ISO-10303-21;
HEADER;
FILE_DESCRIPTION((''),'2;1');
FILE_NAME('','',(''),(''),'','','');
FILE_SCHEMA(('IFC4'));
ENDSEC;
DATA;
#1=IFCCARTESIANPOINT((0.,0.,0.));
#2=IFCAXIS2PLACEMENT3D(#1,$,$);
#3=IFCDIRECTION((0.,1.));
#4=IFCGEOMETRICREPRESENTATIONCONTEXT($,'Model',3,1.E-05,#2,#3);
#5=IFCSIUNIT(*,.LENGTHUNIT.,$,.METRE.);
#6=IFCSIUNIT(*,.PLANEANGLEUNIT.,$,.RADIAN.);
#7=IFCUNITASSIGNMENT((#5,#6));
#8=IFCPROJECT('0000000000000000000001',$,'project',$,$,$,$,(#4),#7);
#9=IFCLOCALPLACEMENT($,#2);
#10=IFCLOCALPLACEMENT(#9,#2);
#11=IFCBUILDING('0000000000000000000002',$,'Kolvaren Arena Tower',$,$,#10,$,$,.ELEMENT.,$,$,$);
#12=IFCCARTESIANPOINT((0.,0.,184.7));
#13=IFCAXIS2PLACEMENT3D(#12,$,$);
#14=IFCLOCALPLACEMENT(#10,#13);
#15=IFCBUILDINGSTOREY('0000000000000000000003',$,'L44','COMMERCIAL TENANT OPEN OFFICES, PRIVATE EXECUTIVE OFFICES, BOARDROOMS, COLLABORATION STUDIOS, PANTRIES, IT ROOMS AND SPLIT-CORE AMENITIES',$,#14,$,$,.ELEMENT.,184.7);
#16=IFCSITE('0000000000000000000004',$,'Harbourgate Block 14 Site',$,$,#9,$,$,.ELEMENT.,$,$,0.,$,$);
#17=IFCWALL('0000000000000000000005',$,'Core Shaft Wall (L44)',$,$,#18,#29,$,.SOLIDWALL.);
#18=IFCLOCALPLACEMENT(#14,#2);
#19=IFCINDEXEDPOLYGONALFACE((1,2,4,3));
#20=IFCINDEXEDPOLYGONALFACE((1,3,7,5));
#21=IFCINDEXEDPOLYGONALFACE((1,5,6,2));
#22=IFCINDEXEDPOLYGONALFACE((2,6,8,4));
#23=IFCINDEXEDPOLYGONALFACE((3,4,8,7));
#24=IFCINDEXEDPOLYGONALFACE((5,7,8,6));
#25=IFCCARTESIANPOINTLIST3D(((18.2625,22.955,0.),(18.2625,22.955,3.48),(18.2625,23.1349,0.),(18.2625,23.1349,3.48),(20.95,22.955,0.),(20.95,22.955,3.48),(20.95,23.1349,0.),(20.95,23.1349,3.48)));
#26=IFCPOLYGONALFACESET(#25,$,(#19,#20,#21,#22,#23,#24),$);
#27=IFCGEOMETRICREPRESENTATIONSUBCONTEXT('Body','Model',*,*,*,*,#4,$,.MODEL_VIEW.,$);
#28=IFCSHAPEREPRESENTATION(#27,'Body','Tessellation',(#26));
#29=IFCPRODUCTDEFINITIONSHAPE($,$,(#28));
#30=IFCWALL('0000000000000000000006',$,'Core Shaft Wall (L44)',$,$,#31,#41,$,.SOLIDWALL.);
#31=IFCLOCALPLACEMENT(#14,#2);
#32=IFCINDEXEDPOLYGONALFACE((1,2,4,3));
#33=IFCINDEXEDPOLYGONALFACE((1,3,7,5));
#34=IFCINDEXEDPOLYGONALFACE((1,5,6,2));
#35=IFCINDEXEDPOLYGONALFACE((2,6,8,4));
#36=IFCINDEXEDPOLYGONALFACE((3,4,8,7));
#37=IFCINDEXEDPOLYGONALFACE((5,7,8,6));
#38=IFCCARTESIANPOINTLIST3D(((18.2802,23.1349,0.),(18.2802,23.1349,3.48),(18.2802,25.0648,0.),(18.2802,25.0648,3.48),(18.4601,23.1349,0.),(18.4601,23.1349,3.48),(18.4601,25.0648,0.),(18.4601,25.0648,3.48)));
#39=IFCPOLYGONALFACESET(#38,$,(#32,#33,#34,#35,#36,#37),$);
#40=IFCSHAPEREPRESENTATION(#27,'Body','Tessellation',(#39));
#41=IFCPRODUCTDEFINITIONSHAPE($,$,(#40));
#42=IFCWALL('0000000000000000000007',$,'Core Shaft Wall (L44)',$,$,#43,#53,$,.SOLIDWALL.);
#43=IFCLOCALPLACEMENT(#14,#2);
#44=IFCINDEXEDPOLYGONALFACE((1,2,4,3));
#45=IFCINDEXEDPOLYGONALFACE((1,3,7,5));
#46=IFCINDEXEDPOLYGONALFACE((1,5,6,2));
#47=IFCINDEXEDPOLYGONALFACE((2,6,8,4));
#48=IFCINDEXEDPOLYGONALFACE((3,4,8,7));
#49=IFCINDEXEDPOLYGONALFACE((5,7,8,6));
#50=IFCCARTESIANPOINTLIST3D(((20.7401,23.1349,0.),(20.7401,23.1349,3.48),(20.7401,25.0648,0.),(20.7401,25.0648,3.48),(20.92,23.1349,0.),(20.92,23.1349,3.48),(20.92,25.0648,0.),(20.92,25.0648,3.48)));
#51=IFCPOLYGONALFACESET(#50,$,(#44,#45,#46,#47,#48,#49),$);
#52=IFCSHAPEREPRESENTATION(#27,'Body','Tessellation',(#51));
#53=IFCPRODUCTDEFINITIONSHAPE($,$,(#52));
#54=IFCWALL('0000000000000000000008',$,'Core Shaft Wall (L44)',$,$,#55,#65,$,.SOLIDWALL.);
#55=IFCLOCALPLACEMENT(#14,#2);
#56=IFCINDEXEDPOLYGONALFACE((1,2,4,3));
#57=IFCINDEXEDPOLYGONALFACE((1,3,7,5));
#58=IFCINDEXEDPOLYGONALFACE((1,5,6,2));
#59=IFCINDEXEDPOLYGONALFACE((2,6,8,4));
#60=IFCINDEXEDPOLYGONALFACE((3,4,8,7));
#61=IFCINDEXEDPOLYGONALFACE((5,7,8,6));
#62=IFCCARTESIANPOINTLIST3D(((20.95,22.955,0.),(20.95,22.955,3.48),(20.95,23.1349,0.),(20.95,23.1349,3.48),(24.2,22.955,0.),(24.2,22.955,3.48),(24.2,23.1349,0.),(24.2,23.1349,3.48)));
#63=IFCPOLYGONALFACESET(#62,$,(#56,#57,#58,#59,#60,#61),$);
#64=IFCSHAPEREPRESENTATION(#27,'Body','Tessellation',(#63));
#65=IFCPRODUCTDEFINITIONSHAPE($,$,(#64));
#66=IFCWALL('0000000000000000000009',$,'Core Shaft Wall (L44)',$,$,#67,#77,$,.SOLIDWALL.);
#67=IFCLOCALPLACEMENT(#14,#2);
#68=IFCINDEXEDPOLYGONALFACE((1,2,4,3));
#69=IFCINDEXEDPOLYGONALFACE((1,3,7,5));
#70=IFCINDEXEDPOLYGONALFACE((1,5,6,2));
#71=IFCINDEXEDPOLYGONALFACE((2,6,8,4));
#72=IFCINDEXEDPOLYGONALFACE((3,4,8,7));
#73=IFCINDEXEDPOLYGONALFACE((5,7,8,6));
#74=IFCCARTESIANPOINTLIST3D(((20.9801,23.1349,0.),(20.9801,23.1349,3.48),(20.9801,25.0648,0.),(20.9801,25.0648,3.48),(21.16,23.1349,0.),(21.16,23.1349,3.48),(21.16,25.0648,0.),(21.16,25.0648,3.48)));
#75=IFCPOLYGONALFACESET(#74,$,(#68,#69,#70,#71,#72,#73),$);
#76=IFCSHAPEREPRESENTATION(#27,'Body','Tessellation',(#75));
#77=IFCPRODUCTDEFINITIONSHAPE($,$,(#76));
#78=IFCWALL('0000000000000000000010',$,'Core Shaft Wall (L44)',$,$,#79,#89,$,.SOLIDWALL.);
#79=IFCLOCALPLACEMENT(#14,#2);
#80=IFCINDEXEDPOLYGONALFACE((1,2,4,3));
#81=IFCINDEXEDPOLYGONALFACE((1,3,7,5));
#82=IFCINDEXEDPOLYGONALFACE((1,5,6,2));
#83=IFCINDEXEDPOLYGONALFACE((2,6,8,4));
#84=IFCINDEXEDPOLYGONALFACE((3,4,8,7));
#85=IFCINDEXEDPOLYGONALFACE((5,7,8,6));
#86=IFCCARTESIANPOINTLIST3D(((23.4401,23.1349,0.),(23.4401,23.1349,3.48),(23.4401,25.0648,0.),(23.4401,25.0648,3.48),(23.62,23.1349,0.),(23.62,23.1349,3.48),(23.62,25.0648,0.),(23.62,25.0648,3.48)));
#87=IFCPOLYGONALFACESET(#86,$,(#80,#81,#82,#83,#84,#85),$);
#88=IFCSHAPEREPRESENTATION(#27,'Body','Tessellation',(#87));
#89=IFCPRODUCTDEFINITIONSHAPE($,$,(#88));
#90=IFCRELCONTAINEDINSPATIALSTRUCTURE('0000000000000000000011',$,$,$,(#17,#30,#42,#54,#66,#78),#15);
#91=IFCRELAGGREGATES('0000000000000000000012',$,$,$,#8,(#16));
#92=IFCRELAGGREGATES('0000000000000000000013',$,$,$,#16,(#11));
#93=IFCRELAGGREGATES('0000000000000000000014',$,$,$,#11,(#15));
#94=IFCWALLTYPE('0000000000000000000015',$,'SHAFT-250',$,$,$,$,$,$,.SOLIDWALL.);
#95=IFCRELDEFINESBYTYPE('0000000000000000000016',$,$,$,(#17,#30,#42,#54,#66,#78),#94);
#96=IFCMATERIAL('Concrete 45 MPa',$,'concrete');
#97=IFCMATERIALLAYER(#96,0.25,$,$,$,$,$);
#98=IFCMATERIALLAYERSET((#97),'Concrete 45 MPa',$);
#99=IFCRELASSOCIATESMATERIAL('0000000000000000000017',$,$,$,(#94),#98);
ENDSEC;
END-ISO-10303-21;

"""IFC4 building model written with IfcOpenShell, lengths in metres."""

from ifc_helpers import new_model, si_unit, direction, frame, frame_2d, origin, place, context, subcontext, project, spatial, rectangle, extrude, material, layer, layer_set, type_object, element, save


model = new_model("IFC4")

# Units and contexts
model_context = context("Model", 3, precision=1e-05, world=origin(), true_north=direction((0.0, 1.0)))
body_context = subcontext(model_context, "Body", "Model", "MODEL_VIEW")
ifc_project = project(units=[si_unit("LENGTHUNIT", "METRE"), si_unit("PLANEANGLEUNIT", "RADIAN")], contexts=[model_context])

# Site, building, storey
site_placement = place(None, origin())
site = spatial("IfcSite", under=ifc_project, at=site_placement, Name="Harbourgate Block 14 Site", CompositionType="ELEMENT", RefElevation=0.0)
building_placement = place(site_placement, origin())
building = spatial("IfcBuilding", under=site, at=building_placement, Name="Kolvaren Arena Tower", CompositionType="ELEMENT")
storey_placement = place(building_placement, frame((0.0, 0.0, 184.7)))
storey = spatial("IfcBuildingStorey", under=building, at=storey_placement, Name="L44", Description="COMMERCIAL TENANT OPEN OFFICES, PRIVATE EXECUTIVE OFFICES, BOARDROOMS, COLLABORATION STUDIOS, PANTRIES, IT ROOMS AND SPLIT-CORE AMENITIES", CompositionType="ELEMENT", Elevation=184.7)

# Shared definitions
ifc_material_1 = material(Name="Concrete 45 MPa", Category="concrete")
ifc_layer_1 = layer(ifc_material_1, 0.25)
ifc_layer_set_1 = layer_set([ifc_layer_1], Name="Concrete 45 MPa")
wall_type_1 = type_object("IfcWallType", Name="SHAFT-250", PredefinedType="SOLIDWALL", material=ifc_layer_set_1)

# Walls
wall_1_placement = place(storey_placement, frame((18.2625, 23.0449, 0.0), z_axis=(0.0, 0.0, 1.0), x_axis=(1.0, 0.0, 0.0)))
element("IfcWall", 1, at=wall_1_placement, inside=storey, type_object=wall_type_1, Name="Core Shaft Wall (L44)", PredefinedType="SOLIDWALL", context=body_context, shape_type="SweptSolid", body=[
    extrude(rectangle(XDim=2.6875, YDim=0.1799, at=frame_2d((1.3438, 0.0))), origin(), (0.0, 0.0, 1.0), 3.48),
])
for number, where, z_axis, x_axis, name in (
    (2, (18.3701, 23.135, 0.0), (0.0, 0.0, 1.0), (0.0, 1.0, 0.0), "Core Shaft Wall (L44)"),
    (3, (20.8301, 23.135, 0.0), (0.0, 0.0, 1.0), (0.0, 1.0, 0.0), "Core Shaft Wall (L44)"),
):
    element("IfcWall", number, at=place(storey_placement, frame(where, z_axis=z_axis, x_axis=x_axis)), inside=storey, type_object=wall_type_1, Name=name, PredefinedType="SOLIDWALL", context=body_context, shape_type="SweptSolid", body=[
        extrude(rectangle(XDim=1.9299, YDim=0.1799, at=frame_2d((0.9648, 0.0))), origin(), (0.0, 0.0, 1.0), 3.48),
    ])
wall_2_placement = place(storey_placement, frame((20.95, 23.0449, 0.0), z_axis=(0.0, 0.0, 1.0), x_axis=(1.0, 0.0, 0.0)))
element("IfcWall", 4, at=wall_2_placement, inside=storey, type_object=wall_type_1, Name="Core Shaft Wall (L44)", PredefinedType="SOLIDWALL", context=body_context, shape_type="SweptSolid", body=[
    extrude(rectangle(XDim=3.25, YDim=0.1799, at=frame_2d((1.625, 0.0))), origin(), (0.0, 0.0, 1.0), 3.48),
])
for number, where, z_axis, x_axis, name in (
    (5, (21.0701, 23.135, 0.0), (0.0, 0.0, 1.0), (0.0, 1.0, 0.0), "Core Shaft Wall (L44)"),
    (6, (23.53, 23.135, 0.0), (0.0, 0.0, 1.0), (0.0, 1.0, 0.0), "Core Shaft Wall (L44)"),
):
    element("IfcWall", number, at=place(storey_placement, frame(where, z_axis=z_axis, x_axis=x_axis)), inside=storey, type_object=wall_type_1, Name=name, PredefinedType="SOLIDWALL", context=body_context, shape_type="SweptSolid", body=[
        extrude(rectangle(XDim=1.9299, YDim=0.1799, at=frame_2d((0.9648, 0.0))), origin(), (0.0, 0.0, 1.0), 3.48),
    ])

save(model, "model.ifc")
